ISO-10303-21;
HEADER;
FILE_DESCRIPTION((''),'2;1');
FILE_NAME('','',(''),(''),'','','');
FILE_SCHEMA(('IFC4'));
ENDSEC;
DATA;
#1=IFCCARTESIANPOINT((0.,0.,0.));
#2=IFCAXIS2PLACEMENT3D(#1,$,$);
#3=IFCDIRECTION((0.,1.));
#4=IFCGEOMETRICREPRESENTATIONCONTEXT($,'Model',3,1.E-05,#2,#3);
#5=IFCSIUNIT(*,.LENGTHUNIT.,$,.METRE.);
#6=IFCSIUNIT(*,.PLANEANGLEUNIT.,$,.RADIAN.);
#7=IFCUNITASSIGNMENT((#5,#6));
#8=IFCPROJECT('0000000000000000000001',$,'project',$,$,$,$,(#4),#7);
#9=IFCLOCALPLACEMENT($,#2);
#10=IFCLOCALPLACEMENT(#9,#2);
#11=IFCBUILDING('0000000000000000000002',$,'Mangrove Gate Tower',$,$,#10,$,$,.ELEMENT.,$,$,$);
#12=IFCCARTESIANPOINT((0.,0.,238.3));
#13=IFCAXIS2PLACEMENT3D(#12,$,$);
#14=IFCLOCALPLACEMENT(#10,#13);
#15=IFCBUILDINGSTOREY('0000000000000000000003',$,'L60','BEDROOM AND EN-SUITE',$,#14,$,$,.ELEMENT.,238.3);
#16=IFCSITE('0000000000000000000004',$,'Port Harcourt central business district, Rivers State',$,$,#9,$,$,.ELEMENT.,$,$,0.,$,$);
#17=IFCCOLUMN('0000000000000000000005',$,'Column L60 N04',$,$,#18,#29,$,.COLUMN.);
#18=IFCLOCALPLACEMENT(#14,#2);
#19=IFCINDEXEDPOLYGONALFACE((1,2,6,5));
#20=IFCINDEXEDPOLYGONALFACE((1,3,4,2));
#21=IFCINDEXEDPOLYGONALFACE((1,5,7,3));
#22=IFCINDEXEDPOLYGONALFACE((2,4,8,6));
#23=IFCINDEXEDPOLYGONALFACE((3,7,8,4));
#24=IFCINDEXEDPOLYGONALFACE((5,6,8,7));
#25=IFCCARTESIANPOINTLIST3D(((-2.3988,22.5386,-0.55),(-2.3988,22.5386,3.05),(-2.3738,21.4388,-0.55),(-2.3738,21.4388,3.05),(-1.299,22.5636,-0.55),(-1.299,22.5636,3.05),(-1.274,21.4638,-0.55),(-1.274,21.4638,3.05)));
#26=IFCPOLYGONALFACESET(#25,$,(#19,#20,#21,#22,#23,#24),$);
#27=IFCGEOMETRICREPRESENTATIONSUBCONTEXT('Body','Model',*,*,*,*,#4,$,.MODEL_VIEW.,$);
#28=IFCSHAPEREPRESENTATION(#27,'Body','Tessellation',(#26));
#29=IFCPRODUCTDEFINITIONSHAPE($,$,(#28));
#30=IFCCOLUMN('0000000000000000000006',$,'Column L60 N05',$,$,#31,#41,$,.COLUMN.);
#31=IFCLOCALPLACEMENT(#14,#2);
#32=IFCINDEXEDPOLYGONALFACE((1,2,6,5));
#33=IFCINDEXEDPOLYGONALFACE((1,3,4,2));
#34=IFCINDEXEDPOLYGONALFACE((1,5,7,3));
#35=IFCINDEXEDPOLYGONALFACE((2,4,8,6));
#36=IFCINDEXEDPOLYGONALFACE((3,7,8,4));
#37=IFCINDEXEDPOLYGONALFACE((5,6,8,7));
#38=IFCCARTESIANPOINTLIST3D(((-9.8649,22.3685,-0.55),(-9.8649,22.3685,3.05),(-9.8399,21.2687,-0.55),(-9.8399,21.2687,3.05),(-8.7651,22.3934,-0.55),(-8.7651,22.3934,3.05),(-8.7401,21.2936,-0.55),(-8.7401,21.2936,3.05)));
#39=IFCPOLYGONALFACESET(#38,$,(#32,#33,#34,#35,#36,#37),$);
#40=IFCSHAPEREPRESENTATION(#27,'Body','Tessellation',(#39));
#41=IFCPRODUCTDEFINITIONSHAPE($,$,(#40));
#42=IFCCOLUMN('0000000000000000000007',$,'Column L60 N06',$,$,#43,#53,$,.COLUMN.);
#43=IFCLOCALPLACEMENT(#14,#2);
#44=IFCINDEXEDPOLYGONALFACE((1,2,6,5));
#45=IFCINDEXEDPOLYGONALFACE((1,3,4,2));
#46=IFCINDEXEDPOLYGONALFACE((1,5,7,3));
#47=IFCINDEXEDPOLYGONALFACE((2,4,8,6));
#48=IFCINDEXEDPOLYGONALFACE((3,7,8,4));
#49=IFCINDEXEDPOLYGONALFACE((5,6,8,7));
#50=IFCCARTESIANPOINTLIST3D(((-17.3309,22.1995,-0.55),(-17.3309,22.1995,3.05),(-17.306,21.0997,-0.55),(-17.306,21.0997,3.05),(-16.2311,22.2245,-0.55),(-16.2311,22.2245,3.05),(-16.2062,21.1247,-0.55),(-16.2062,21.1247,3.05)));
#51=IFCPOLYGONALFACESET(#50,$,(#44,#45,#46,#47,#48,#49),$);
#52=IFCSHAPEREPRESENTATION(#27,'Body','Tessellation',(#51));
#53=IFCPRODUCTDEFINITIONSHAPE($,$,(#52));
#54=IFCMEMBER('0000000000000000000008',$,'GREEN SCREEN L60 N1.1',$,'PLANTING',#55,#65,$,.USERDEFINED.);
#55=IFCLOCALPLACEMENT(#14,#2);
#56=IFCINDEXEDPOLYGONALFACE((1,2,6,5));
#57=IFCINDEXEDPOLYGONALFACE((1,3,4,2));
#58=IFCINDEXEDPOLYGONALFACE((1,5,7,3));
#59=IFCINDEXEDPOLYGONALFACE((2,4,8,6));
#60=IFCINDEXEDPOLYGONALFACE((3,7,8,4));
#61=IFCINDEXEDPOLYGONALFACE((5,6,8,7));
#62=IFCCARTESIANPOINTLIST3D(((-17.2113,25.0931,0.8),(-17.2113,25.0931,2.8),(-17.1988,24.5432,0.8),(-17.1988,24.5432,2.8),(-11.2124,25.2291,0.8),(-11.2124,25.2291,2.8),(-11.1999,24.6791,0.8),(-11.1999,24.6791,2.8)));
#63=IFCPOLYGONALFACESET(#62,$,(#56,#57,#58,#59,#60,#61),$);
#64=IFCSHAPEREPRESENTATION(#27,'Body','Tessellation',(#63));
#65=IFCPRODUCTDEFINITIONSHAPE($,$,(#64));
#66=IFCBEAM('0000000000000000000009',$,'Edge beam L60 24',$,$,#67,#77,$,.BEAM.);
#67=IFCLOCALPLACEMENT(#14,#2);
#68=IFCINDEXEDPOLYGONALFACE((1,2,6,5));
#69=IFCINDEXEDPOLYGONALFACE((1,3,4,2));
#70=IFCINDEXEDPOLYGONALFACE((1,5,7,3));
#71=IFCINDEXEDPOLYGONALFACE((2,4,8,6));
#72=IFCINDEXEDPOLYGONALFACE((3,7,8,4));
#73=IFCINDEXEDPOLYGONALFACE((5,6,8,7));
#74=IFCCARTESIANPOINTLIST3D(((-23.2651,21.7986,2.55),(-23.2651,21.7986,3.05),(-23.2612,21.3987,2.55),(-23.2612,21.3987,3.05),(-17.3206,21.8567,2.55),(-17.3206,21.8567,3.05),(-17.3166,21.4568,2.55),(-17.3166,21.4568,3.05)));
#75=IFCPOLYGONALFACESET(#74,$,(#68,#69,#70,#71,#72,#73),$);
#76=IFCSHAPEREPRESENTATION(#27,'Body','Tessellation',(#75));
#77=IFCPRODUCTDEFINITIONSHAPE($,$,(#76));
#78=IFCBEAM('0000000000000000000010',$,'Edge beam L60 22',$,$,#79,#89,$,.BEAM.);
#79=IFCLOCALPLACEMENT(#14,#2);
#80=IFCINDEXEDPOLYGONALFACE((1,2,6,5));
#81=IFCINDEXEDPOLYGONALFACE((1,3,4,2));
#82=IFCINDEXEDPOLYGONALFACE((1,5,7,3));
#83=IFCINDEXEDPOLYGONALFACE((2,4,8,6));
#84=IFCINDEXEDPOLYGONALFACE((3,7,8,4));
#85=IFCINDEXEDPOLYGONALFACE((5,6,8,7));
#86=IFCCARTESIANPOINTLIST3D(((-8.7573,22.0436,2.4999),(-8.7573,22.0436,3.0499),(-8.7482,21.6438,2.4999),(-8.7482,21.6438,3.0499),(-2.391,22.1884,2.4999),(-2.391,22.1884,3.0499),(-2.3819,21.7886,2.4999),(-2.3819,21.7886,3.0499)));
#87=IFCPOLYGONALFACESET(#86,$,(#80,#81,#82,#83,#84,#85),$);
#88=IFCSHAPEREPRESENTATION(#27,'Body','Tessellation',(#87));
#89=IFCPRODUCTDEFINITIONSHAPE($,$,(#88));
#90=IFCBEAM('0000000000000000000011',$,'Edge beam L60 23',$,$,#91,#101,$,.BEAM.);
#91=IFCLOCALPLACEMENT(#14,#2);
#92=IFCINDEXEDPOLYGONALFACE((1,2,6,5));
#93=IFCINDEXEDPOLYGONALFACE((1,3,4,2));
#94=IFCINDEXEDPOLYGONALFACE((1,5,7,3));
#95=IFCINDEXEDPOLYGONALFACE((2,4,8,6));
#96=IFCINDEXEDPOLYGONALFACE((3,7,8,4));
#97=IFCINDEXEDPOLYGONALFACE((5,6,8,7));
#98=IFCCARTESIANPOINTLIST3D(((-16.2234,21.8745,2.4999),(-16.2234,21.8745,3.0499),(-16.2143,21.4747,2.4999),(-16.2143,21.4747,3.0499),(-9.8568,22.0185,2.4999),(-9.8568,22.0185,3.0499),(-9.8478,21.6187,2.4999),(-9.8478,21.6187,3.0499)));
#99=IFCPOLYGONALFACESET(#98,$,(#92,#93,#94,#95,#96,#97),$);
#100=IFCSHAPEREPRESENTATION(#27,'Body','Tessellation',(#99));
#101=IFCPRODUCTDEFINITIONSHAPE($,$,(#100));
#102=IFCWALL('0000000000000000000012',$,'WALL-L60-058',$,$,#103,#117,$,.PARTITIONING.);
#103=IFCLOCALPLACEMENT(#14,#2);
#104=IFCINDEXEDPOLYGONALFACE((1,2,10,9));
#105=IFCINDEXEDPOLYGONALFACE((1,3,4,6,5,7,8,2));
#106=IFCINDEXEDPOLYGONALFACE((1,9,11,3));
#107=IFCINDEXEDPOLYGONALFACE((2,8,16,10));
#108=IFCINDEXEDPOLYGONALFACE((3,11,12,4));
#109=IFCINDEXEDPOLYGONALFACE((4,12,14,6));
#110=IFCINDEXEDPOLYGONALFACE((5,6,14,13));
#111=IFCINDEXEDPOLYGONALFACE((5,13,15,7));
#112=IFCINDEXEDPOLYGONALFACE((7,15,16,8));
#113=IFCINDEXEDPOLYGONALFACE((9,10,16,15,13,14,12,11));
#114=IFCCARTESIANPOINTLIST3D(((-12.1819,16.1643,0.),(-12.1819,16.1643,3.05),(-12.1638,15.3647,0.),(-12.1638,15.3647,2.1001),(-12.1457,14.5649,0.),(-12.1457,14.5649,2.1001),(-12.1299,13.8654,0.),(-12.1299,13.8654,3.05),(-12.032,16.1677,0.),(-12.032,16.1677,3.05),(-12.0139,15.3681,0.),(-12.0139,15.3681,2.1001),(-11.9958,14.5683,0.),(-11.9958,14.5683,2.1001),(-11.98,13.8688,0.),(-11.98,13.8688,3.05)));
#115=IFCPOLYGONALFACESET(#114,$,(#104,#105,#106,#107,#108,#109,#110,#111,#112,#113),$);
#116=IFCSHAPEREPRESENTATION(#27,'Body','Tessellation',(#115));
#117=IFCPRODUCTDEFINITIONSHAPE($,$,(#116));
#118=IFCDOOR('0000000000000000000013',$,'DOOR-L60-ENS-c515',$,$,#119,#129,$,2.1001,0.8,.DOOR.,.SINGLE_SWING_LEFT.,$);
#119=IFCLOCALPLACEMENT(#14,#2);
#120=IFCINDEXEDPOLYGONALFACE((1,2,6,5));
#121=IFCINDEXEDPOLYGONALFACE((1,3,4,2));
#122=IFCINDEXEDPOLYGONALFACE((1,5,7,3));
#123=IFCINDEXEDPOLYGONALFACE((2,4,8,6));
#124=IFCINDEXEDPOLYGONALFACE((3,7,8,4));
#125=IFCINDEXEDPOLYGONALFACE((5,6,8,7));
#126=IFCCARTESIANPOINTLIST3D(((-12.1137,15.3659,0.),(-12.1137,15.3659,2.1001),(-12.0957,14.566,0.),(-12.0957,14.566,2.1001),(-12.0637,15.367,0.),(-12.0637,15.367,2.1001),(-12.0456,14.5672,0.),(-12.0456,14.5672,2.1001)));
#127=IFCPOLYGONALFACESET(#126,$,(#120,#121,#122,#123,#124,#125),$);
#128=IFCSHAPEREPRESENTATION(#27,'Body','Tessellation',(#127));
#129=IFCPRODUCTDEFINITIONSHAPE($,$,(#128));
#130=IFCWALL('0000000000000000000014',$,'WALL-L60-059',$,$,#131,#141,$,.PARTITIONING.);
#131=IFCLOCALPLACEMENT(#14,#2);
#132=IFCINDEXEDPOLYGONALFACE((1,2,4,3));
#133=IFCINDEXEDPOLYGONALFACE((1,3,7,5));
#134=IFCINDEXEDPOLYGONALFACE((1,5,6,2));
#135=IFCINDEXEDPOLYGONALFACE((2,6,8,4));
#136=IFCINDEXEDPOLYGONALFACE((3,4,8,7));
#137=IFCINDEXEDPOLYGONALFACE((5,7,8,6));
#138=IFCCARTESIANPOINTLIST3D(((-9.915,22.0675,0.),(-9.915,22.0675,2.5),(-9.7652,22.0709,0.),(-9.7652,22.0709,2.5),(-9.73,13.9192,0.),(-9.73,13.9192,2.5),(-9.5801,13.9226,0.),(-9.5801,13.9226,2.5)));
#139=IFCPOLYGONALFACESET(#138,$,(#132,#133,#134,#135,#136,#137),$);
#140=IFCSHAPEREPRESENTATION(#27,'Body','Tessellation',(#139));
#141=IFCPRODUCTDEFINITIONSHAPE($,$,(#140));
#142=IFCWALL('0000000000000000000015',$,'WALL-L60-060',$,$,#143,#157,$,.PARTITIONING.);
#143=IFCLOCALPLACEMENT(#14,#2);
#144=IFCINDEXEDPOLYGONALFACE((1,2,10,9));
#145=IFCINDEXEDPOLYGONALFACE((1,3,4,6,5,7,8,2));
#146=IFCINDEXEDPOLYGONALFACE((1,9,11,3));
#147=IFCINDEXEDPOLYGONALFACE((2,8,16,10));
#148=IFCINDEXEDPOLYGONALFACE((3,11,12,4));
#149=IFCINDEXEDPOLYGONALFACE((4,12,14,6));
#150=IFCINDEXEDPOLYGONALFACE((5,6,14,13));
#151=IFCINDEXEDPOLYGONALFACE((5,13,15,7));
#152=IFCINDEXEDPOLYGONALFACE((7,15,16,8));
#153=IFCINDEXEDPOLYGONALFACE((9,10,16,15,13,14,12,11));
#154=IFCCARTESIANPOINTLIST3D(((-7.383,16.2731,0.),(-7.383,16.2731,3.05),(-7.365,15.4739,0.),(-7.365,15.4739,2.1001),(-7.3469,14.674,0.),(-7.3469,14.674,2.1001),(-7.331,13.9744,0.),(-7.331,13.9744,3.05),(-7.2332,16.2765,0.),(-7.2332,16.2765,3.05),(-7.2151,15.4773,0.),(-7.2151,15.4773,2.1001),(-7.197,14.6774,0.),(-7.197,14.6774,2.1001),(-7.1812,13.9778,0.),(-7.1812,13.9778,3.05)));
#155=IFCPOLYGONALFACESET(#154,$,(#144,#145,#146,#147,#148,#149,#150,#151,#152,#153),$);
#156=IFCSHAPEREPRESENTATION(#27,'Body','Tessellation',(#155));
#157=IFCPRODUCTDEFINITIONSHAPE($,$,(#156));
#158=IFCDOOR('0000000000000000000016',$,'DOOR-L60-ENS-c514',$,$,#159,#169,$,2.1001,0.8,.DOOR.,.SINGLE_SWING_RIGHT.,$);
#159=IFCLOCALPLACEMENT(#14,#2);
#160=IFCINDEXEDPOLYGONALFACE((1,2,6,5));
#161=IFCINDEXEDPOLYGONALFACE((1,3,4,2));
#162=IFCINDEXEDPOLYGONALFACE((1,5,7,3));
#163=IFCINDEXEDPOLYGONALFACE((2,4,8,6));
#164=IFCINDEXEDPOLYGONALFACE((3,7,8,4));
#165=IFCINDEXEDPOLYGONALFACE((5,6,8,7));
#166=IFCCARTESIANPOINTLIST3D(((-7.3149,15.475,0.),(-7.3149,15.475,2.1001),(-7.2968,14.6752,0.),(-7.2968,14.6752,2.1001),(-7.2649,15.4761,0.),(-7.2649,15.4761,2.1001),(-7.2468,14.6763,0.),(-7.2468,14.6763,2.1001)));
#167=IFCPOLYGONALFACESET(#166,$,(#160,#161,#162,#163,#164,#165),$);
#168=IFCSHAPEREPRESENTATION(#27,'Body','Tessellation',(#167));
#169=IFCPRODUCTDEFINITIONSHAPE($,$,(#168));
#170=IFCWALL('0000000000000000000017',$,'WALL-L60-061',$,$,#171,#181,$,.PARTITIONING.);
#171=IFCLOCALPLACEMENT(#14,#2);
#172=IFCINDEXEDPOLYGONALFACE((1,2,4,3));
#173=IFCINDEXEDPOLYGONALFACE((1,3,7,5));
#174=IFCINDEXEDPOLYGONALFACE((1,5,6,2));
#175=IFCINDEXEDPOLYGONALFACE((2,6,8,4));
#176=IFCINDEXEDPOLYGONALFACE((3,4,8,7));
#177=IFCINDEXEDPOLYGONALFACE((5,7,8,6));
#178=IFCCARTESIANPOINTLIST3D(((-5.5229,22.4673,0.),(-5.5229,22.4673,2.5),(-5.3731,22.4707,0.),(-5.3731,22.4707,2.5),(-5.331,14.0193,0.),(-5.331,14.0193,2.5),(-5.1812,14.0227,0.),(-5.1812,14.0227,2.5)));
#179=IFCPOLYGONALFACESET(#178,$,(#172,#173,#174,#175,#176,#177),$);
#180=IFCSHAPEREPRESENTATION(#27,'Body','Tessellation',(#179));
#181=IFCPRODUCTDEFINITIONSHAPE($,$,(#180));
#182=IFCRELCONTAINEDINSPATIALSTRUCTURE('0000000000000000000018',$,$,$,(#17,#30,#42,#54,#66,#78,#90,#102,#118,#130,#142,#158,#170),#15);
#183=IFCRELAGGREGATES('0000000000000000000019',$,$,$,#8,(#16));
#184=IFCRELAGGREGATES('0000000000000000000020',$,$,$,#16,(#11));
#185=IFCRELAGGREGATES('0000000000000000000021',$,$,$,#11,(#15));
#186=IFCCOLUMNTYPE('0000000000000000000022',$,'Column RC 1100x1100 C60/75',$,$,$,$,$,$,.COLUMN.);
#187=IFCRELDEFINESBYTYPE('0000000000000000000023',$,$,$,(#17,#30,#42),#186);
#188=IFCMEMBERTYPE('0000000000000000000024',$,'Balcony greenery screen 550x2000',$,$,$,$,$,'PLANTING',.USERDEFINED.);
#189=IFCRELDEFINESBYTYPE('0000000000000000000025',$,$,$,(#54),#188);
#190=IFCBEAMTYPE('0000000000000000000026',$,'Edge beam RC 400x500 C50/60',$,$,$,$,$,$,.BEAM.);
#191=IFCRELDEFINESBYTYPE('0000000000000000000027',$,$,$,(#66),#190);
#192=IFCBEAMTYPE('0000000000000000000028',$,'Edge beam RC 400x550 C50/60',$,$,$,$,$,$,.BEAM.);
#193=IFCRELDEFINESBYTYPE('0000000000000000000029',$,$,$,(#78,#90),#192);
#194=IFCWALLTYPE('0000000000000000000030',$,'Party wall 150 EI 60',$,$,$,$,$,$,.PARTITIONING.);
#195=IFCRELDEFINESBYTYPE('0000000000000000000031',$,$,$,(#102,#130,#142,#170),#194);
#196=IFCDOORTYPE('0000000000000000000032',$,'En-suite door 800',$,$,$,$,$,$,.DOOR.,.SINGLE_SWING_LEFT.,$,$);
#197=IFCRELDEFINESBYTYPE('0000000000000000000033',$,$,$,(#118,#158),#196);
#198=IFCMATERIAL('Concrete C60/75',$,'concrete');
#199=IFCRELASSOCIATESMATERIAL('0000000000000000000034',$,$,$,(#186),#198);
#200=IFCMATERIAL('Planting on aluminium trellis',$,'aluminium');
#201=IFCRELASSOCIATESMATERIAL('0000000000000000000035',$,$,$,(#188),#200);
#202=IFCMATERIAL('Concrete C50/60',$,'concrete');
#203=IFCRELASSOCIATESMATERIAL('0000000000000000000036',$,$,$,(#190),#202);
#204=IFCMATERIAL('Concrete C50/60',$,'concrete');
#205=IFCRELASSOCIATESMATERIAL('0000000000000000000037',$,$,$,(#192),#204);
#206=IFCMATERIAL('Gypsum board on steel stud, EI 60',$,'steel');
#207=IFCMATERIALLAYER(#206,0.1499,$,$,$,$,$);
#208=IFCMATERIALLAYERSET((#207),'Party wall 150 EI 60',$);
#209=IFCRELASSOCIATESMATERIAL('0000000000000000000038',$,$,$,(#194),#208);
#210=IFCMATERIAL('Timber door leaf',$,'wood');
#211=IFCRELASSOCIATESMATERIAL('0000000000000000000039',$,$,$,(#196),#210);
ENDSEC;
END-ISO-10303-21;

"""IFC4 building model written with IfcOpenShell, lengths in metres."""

from ifc_helpers import new_model, si_unit, direction, frame, frame_2d, origin, origin_2d, place, context, subcontext, project, spatial, rectangle, extrude, material, layer, layer_set, material_profile, profile_set, type_object, element, fill, save


model = new_model("IFC4")

# Units and contexts
model_context = context("Model", 3, precision=1e-05, world=origin(), true_north=direction((0.0, 1.0)))
body_context = subcontext(model_context, "Body", "Model", "MODEL_VIEW")
ifc_project = project(units=[si_unit("LENGTHUNIT", "METRE"), si_unit("PLANEANGLEUNIT", "RADIAN")], contexts=[model_context])

# Site, building, storey
site_placement = place(None, origin())
site = spatial("IfcSite", under=ifc_project, at=site_placement, Name="Port Harcourt central business district, Rivers State", CompositionType="ELEMENT", RefElevation=0.0)
building_placement = place(site_placement, origin())
building = spatial("IfcBuilding", under=site, at=building_placement, Name="Mangrove Gate Tower", CompositionType="ELEMENT")
storey_placement = place(building_placement, frame((0.0, 0.0, 238.3)))
storey = spatial("IfcBuildingStorey", under=building, at=storey_placement, Name="L60", Description="BEDROOM AND EN-SUITE", CompositionType="ELEMENT", Elevation=238.3)

# Columns
ifc_material_1 = material(Name="Concrete C60/75", Category="concrete")
ifc_material_profile_1 = material_profile(ifc_material_1, rectangle(XDim=1.1001, YDim=1.1001, at=origin_2d()))
ifc_profile_set_1 = profile_set([ifc_material_profile_1], Name="Concrete C60/75")
column_type = type_object("IfcColumnType", Name="Column RC 1100x1100 C60/75", PredefinedType="COLUMN", material=ifc_profile_set_1)
for number, where, z_axis, x_axis, name in (
    (1, (-1.8364, 22.0012, -0.55), (0.0, 0.0, 1.0), (-0.999742, -0.022697, 0.0), "Column L60 N04"),
    (2, (-9.3025, 21.8311, -0.55), (0.0, 0.0, 1.0), (-0.999742, -0.022697, 0.0), "Column L60 N05"),
    (3, (-16.7686, 21.6621, -0.55), (0.0, 0.0, 1.0), (-0.999742, -0.022697, 0.0), "Column L60 N06"),
):
    element("IfcColumn", number, at=place(storey_placement, frame(where, z_axis=z_axis, x_axis=x_axis)), inside=storey, type_object=column_type, Name=name, PredefinedType="COLUMN", context=body_context, shape_type="SweptSolid", body=[
        extrude(rectangle(XDim=1.1001, YDim=1.1001, at=origin_2d()), origin(), (0.0, 0.0, 1.0), 3.6001),
    ])

# Member
ifc_material_2 = material(Name="Planting on aluminium trellis", Category="aluminium")
ifc_material_profile_2 = material_profile(ifc_material_2, rectangle(XDim=0.55, YDim=2.0, at=origin_2d()))
ifc_profile_set_2 = profile_set([ifc_material_profile_2], Name="Planting on aluminium trellis")
member_type = type_object("IfcMemberType", Name="Balcony greenery screen 550x2000", ElementType="PLANTING", PredefinedType="USERDEFINED", material=ifc_profile_set_2)
member_placement = place(storey_placement, frame((-17.2051, 24.8181, 1.8), z_axis=(0.999743, 0.022662, 0.0), x_axis=(-0.022662, 0.999743, 0.0)))
element("IfcMember", 4, at=member_placement, inside=storey, type_object=member_type, Name="GREEN SCREEN L60 N1.1", ObjectType="PLANTING", PredefinedType="USERDEFINED", context=body_context, shape_type="SweptSolid", body=[
    extrude(rectangle(XDim=0.55, YDim=2.0, at=origin_2d()), origin(), (0.0, 0.0, 1.0), 6.0005),
])

# Beams
ifc_material_3 = material(Name="Concrete C50/60", Category="concrete")
ifc_material_profile_3 = material_profile(ifc_material_3, rectangle(XDim=0.3999, YDim=0.5, at=origin_2d()))
ifc_profile_set_3 = profile_set([ifc_material_profile_3], Name="Concrete C50/60")
beam_type_1 = type_object("IfcBeamType", Name="Edge beam RC 400x500 C50/60", PredefinedType="BEAM", material=ifc_profile_set_3)
beam_1_placement = place(storey_placement, frame((-17.3186, 21.6567, 2.8), z_axis=(-0.999952, -0.009774, 0.0), x_axis=(0.009774, -0.999952, 0.0)))
element("IfcBeam", 5, at=beam_1_placement, inside=storey, type_object=beam_type_1, Name="Edge beam L60 24", PredefinedType="BEAM", context=body_context, shape_type="SweptSolid", body=[
    extrude(rectangle(XDim=0.3999, YDim=0.5, at=origin_2d()), origin(), (0.0, 0.0, 1.0), 5.9448),
])
ifc_material_4 = material(Name="Concrete C50/60", Category="concrete")
ifc_material_profile_4 = material_profile(ifc_material_4, rectangle(XDim=0.3999, YDim=0.55, at=origin_2d()))
ifc_profile_set_4 = profile_set([ifc_material_profile_4], Name="Concrete C50/60")
beam_type_2 = type_object("IfcBeamType", Name="Edge beam RC 400x550 C50/60", PredefinedType="BEAM", material=ifc_profile_set_4)
beam_2_placement = place(storey_placement, frame((-2.3865, 21.9885, 2.7749), z_axis=(-0.999742, -0.022735, 0.0), x_axis=(0.022735, -0.999742, 0.0)))
element("IfcBeam", 6, at=beam_2_placement, inside=storey, type_object=beam_type_2, Name="Edge beam L60 22", PredefinedType="BEAM", context=body_context, shape_type="SweptSolid", body=[
    extrude(rectangle(XDim=0.3999, YDim=0.55, at=origin_2d()), origin(), (0.0, 0.0, 1.0), 6.3679),
])
beam_3_placement = place(storey_placement, frame((-9.8523, 21.8186, 2.7749), z_axis=(-0.999744, -0.02262, 0.0), x_axis=(0.02262, -0.999744, 0.0)))
element("IfcBeam", 7, at=beam_3_placement, inside=storey, type_object=beam_type_2, Name="Edge beam L60 23", PredefinedType="BEAM", context=body_context, shape_type="SweptSolid", body=[
    extrude(rectangle(XDim=0.3999, YDim=0.55, at=origin_2d()), origin(), (0.0, 0.0, 1.0), 6.3682),
])

# Wall, opening, door
ifc_material_5 = material(Name="Gypsum board on steel stud, EI 60", Category="steel")
ifc_layer_1 = layer(ifc_material_5, 0.1499)
ifc_layer_set_1 = layer_set([ifc_layer_1], Name="Party wall 150 EI 60")
wall_type_1 = type_object("IfcWallType", Name="Party wall 150 EI 60", PredefinedType="PARTITIONING", material=ifc_layer_set_1)
wall_1_placement = place(storey_placement, frame((-12.0549, 13.8669, 0.0), z_axis=(0.0, 0.0, 1.0), x_axis=(-0.022613, 0.999744, 0.0)))
wall_1 = element("IfcWall", 8, at=wall_1_placement, inside=storey, type_object=wall_type_1, Name="WALL-L60-058", PredefinedType="PARTITIONING", context=body_context, shape_type="SweptSolid", body=[
    extrude(rectangle(XDim=2.2996, YDim=0.1499, at=frame_2d((1.1499, 0.0))), origin(), (0.0, 0.0, 1.0), 3.05),
])
opening_1_placement = place(wall_1_placement, frame((0.7, 0.0, 0.0)))
opening_1 = element("IfcOpeningElement", 9, at=opening_1_placement, cuts=wall_1, PredefinedType="OPENING", context=body_context, shape_type="SweptSolid", body=[
    extrude(rectangle(XDim=0.8, YDim=2.1001, at=frame_2d((0.3999, 1.05))), frame((0.0, 0.085, 0.0), z_axis=(0.0, -1.0, 0.0), x_axis=(1.0, 0.0, 0.0)), (0.0, 0.0, 1.0), 0.1699),
])
ifc_material_6 = material(Name="Timber door leaf", Category="wood")
door_type = type_object("IfcDoorType", Name="En-suite door 800", OperationType="SINGLE_SWING_LEFT", PredefinedType="DOOR", material=ifc_material_6)
door_1_placement = place(opening_1_placement, origin())
door_1 = element("IfcDoor", 10, at=door_1_placement, inside=storey, type_object=door_type, Name="DOOR-L60-ENS-c515", OperationType="SINGLE_SWING_LEFT", OverallHeight=2.1001, OverallWidth=0.8, PredefinedType="DOOR", context=body_context, shape_type="SweptSolid", body=[
    extrude(rectangle(XDim=0.8, YDim=2.1001, at=frame_2d((0.3999, 1.05))), frame((0.0, 0.0249, 0.0), z_axis=(0.0, -1.0, 0.0), x_axis=(1.0, 0.0, 0.0)), (0.0, 0.0, 1.0), 0.05),
])
fill(opening_1, door_1)

# Wall
wall_2_placement = place(storey_placement, frame((-9.655, 13.9209, 0.0), z_axis=(0.0, 0.0, 1.0), x_axis=(-0.022706, 0.999742, 0.0)))
element("IfcWall", 11, at=wall_2_placement, inside=storey, type_object=wall_type_1, Name="WALL-L60-059", PredefinedType="PARTITIONING", context=body_context, shape_type="SweptSolid", body=[
    extrude(rectangle(XDim=8.1504, YDim=0.1499, at=frame_2d((4.0752, 0.0))), origin(), (0.0, 0.0, 1.0), 2.5),
])

# Wall, opening, door
wall_3_placement = place(storey_placement, frame((-7.2561, 13.9761, 0.0), z_axis=(0.0, 0.0, 1.0), x_axis=(-0.022615, 0.999744, 0.0)))
wall_3 = element("IfcWall", 12, at=wall_3_placement, inside=storey, type_object=wall_type_1, Name="WALL-L60-060", PredefinedType="PARTITIONING", context=body_context, shape_type="SweptSolid", body=[
    extrude(rectangle(XDim=2.2993, YDim=0.1499, at=frame_2d((1.1497, 0.0))), origin(), (0.0, 0.0, 1.0), 3.05),
])
opening_2_placement = place(wall_3_placement, frame((0.7, 0.0, 0.0)))
opening_2 = element("IfcOpeningElement", 13, at=opening_2_placement, cuts=wall_3, PredefinedType="OPENING", context=body_context, shape_type="SweptSolid", body=[
    extrude(rectangle(XDim=0.8, YDim=2.1001, at=frame_2d((0.3999, 1.05))), frame((0.0, 0.085, 0.0), z_axis=(0.0, -1.0, 0.0), x_axis=(1.0, 0.0, 0.0)), (0.0, 0.0, 1.0), 0.1699),
])
door_2_placement = place(opening_2_placement, origin())
door_2 = element("IfcDoor", 14, at=door_2_placement, inside=storey, type_object=door_type, Name="DOOR-L60-ENS-c514", OperationType="SINGLE_SWING_RIGHT", OverallHeight=2.1001, OverallWidth=0.8, PredefinedType="DOOR", context=body_context, shape_type="SweptSolid", body=[
    extrude(rectangle(XDim=0.8, YDim=2.1001, at=frame_2d((0.3999, 1.05))), frame((0.0, 0.0249, 0.0), z_axis=(0.0, -1.0, 0.0), x_axis=(1.0, 0.0, 0.0)), (0.0, 0.0, 1.0), 0.05),
])
fill(opening_2, door_2)

# Wall
wall_4_placement = place(storey_placement, frame((-5.2561, 14.021, 0.0), z_axis=(0.0, 0.0, 1.0), x_axis=(-0.022709, 0.999742, 0.0)))
element("IfcWall", 15, at=wall_4_placement, inside=storey, type_object=wall_type_1, Name="WALL-L60-061", PredefinedType="PARTITIONING", context=body_context, shape_type="SweptSolid", body=[
    extrude(rectangle(XDim=8.4502, YDim=0.1499, at=frame_2d((4.2251, 0.0))), origin(), (0.0, 0.0, 1.0), 2.5),
])

save(model, "model.ifc")
